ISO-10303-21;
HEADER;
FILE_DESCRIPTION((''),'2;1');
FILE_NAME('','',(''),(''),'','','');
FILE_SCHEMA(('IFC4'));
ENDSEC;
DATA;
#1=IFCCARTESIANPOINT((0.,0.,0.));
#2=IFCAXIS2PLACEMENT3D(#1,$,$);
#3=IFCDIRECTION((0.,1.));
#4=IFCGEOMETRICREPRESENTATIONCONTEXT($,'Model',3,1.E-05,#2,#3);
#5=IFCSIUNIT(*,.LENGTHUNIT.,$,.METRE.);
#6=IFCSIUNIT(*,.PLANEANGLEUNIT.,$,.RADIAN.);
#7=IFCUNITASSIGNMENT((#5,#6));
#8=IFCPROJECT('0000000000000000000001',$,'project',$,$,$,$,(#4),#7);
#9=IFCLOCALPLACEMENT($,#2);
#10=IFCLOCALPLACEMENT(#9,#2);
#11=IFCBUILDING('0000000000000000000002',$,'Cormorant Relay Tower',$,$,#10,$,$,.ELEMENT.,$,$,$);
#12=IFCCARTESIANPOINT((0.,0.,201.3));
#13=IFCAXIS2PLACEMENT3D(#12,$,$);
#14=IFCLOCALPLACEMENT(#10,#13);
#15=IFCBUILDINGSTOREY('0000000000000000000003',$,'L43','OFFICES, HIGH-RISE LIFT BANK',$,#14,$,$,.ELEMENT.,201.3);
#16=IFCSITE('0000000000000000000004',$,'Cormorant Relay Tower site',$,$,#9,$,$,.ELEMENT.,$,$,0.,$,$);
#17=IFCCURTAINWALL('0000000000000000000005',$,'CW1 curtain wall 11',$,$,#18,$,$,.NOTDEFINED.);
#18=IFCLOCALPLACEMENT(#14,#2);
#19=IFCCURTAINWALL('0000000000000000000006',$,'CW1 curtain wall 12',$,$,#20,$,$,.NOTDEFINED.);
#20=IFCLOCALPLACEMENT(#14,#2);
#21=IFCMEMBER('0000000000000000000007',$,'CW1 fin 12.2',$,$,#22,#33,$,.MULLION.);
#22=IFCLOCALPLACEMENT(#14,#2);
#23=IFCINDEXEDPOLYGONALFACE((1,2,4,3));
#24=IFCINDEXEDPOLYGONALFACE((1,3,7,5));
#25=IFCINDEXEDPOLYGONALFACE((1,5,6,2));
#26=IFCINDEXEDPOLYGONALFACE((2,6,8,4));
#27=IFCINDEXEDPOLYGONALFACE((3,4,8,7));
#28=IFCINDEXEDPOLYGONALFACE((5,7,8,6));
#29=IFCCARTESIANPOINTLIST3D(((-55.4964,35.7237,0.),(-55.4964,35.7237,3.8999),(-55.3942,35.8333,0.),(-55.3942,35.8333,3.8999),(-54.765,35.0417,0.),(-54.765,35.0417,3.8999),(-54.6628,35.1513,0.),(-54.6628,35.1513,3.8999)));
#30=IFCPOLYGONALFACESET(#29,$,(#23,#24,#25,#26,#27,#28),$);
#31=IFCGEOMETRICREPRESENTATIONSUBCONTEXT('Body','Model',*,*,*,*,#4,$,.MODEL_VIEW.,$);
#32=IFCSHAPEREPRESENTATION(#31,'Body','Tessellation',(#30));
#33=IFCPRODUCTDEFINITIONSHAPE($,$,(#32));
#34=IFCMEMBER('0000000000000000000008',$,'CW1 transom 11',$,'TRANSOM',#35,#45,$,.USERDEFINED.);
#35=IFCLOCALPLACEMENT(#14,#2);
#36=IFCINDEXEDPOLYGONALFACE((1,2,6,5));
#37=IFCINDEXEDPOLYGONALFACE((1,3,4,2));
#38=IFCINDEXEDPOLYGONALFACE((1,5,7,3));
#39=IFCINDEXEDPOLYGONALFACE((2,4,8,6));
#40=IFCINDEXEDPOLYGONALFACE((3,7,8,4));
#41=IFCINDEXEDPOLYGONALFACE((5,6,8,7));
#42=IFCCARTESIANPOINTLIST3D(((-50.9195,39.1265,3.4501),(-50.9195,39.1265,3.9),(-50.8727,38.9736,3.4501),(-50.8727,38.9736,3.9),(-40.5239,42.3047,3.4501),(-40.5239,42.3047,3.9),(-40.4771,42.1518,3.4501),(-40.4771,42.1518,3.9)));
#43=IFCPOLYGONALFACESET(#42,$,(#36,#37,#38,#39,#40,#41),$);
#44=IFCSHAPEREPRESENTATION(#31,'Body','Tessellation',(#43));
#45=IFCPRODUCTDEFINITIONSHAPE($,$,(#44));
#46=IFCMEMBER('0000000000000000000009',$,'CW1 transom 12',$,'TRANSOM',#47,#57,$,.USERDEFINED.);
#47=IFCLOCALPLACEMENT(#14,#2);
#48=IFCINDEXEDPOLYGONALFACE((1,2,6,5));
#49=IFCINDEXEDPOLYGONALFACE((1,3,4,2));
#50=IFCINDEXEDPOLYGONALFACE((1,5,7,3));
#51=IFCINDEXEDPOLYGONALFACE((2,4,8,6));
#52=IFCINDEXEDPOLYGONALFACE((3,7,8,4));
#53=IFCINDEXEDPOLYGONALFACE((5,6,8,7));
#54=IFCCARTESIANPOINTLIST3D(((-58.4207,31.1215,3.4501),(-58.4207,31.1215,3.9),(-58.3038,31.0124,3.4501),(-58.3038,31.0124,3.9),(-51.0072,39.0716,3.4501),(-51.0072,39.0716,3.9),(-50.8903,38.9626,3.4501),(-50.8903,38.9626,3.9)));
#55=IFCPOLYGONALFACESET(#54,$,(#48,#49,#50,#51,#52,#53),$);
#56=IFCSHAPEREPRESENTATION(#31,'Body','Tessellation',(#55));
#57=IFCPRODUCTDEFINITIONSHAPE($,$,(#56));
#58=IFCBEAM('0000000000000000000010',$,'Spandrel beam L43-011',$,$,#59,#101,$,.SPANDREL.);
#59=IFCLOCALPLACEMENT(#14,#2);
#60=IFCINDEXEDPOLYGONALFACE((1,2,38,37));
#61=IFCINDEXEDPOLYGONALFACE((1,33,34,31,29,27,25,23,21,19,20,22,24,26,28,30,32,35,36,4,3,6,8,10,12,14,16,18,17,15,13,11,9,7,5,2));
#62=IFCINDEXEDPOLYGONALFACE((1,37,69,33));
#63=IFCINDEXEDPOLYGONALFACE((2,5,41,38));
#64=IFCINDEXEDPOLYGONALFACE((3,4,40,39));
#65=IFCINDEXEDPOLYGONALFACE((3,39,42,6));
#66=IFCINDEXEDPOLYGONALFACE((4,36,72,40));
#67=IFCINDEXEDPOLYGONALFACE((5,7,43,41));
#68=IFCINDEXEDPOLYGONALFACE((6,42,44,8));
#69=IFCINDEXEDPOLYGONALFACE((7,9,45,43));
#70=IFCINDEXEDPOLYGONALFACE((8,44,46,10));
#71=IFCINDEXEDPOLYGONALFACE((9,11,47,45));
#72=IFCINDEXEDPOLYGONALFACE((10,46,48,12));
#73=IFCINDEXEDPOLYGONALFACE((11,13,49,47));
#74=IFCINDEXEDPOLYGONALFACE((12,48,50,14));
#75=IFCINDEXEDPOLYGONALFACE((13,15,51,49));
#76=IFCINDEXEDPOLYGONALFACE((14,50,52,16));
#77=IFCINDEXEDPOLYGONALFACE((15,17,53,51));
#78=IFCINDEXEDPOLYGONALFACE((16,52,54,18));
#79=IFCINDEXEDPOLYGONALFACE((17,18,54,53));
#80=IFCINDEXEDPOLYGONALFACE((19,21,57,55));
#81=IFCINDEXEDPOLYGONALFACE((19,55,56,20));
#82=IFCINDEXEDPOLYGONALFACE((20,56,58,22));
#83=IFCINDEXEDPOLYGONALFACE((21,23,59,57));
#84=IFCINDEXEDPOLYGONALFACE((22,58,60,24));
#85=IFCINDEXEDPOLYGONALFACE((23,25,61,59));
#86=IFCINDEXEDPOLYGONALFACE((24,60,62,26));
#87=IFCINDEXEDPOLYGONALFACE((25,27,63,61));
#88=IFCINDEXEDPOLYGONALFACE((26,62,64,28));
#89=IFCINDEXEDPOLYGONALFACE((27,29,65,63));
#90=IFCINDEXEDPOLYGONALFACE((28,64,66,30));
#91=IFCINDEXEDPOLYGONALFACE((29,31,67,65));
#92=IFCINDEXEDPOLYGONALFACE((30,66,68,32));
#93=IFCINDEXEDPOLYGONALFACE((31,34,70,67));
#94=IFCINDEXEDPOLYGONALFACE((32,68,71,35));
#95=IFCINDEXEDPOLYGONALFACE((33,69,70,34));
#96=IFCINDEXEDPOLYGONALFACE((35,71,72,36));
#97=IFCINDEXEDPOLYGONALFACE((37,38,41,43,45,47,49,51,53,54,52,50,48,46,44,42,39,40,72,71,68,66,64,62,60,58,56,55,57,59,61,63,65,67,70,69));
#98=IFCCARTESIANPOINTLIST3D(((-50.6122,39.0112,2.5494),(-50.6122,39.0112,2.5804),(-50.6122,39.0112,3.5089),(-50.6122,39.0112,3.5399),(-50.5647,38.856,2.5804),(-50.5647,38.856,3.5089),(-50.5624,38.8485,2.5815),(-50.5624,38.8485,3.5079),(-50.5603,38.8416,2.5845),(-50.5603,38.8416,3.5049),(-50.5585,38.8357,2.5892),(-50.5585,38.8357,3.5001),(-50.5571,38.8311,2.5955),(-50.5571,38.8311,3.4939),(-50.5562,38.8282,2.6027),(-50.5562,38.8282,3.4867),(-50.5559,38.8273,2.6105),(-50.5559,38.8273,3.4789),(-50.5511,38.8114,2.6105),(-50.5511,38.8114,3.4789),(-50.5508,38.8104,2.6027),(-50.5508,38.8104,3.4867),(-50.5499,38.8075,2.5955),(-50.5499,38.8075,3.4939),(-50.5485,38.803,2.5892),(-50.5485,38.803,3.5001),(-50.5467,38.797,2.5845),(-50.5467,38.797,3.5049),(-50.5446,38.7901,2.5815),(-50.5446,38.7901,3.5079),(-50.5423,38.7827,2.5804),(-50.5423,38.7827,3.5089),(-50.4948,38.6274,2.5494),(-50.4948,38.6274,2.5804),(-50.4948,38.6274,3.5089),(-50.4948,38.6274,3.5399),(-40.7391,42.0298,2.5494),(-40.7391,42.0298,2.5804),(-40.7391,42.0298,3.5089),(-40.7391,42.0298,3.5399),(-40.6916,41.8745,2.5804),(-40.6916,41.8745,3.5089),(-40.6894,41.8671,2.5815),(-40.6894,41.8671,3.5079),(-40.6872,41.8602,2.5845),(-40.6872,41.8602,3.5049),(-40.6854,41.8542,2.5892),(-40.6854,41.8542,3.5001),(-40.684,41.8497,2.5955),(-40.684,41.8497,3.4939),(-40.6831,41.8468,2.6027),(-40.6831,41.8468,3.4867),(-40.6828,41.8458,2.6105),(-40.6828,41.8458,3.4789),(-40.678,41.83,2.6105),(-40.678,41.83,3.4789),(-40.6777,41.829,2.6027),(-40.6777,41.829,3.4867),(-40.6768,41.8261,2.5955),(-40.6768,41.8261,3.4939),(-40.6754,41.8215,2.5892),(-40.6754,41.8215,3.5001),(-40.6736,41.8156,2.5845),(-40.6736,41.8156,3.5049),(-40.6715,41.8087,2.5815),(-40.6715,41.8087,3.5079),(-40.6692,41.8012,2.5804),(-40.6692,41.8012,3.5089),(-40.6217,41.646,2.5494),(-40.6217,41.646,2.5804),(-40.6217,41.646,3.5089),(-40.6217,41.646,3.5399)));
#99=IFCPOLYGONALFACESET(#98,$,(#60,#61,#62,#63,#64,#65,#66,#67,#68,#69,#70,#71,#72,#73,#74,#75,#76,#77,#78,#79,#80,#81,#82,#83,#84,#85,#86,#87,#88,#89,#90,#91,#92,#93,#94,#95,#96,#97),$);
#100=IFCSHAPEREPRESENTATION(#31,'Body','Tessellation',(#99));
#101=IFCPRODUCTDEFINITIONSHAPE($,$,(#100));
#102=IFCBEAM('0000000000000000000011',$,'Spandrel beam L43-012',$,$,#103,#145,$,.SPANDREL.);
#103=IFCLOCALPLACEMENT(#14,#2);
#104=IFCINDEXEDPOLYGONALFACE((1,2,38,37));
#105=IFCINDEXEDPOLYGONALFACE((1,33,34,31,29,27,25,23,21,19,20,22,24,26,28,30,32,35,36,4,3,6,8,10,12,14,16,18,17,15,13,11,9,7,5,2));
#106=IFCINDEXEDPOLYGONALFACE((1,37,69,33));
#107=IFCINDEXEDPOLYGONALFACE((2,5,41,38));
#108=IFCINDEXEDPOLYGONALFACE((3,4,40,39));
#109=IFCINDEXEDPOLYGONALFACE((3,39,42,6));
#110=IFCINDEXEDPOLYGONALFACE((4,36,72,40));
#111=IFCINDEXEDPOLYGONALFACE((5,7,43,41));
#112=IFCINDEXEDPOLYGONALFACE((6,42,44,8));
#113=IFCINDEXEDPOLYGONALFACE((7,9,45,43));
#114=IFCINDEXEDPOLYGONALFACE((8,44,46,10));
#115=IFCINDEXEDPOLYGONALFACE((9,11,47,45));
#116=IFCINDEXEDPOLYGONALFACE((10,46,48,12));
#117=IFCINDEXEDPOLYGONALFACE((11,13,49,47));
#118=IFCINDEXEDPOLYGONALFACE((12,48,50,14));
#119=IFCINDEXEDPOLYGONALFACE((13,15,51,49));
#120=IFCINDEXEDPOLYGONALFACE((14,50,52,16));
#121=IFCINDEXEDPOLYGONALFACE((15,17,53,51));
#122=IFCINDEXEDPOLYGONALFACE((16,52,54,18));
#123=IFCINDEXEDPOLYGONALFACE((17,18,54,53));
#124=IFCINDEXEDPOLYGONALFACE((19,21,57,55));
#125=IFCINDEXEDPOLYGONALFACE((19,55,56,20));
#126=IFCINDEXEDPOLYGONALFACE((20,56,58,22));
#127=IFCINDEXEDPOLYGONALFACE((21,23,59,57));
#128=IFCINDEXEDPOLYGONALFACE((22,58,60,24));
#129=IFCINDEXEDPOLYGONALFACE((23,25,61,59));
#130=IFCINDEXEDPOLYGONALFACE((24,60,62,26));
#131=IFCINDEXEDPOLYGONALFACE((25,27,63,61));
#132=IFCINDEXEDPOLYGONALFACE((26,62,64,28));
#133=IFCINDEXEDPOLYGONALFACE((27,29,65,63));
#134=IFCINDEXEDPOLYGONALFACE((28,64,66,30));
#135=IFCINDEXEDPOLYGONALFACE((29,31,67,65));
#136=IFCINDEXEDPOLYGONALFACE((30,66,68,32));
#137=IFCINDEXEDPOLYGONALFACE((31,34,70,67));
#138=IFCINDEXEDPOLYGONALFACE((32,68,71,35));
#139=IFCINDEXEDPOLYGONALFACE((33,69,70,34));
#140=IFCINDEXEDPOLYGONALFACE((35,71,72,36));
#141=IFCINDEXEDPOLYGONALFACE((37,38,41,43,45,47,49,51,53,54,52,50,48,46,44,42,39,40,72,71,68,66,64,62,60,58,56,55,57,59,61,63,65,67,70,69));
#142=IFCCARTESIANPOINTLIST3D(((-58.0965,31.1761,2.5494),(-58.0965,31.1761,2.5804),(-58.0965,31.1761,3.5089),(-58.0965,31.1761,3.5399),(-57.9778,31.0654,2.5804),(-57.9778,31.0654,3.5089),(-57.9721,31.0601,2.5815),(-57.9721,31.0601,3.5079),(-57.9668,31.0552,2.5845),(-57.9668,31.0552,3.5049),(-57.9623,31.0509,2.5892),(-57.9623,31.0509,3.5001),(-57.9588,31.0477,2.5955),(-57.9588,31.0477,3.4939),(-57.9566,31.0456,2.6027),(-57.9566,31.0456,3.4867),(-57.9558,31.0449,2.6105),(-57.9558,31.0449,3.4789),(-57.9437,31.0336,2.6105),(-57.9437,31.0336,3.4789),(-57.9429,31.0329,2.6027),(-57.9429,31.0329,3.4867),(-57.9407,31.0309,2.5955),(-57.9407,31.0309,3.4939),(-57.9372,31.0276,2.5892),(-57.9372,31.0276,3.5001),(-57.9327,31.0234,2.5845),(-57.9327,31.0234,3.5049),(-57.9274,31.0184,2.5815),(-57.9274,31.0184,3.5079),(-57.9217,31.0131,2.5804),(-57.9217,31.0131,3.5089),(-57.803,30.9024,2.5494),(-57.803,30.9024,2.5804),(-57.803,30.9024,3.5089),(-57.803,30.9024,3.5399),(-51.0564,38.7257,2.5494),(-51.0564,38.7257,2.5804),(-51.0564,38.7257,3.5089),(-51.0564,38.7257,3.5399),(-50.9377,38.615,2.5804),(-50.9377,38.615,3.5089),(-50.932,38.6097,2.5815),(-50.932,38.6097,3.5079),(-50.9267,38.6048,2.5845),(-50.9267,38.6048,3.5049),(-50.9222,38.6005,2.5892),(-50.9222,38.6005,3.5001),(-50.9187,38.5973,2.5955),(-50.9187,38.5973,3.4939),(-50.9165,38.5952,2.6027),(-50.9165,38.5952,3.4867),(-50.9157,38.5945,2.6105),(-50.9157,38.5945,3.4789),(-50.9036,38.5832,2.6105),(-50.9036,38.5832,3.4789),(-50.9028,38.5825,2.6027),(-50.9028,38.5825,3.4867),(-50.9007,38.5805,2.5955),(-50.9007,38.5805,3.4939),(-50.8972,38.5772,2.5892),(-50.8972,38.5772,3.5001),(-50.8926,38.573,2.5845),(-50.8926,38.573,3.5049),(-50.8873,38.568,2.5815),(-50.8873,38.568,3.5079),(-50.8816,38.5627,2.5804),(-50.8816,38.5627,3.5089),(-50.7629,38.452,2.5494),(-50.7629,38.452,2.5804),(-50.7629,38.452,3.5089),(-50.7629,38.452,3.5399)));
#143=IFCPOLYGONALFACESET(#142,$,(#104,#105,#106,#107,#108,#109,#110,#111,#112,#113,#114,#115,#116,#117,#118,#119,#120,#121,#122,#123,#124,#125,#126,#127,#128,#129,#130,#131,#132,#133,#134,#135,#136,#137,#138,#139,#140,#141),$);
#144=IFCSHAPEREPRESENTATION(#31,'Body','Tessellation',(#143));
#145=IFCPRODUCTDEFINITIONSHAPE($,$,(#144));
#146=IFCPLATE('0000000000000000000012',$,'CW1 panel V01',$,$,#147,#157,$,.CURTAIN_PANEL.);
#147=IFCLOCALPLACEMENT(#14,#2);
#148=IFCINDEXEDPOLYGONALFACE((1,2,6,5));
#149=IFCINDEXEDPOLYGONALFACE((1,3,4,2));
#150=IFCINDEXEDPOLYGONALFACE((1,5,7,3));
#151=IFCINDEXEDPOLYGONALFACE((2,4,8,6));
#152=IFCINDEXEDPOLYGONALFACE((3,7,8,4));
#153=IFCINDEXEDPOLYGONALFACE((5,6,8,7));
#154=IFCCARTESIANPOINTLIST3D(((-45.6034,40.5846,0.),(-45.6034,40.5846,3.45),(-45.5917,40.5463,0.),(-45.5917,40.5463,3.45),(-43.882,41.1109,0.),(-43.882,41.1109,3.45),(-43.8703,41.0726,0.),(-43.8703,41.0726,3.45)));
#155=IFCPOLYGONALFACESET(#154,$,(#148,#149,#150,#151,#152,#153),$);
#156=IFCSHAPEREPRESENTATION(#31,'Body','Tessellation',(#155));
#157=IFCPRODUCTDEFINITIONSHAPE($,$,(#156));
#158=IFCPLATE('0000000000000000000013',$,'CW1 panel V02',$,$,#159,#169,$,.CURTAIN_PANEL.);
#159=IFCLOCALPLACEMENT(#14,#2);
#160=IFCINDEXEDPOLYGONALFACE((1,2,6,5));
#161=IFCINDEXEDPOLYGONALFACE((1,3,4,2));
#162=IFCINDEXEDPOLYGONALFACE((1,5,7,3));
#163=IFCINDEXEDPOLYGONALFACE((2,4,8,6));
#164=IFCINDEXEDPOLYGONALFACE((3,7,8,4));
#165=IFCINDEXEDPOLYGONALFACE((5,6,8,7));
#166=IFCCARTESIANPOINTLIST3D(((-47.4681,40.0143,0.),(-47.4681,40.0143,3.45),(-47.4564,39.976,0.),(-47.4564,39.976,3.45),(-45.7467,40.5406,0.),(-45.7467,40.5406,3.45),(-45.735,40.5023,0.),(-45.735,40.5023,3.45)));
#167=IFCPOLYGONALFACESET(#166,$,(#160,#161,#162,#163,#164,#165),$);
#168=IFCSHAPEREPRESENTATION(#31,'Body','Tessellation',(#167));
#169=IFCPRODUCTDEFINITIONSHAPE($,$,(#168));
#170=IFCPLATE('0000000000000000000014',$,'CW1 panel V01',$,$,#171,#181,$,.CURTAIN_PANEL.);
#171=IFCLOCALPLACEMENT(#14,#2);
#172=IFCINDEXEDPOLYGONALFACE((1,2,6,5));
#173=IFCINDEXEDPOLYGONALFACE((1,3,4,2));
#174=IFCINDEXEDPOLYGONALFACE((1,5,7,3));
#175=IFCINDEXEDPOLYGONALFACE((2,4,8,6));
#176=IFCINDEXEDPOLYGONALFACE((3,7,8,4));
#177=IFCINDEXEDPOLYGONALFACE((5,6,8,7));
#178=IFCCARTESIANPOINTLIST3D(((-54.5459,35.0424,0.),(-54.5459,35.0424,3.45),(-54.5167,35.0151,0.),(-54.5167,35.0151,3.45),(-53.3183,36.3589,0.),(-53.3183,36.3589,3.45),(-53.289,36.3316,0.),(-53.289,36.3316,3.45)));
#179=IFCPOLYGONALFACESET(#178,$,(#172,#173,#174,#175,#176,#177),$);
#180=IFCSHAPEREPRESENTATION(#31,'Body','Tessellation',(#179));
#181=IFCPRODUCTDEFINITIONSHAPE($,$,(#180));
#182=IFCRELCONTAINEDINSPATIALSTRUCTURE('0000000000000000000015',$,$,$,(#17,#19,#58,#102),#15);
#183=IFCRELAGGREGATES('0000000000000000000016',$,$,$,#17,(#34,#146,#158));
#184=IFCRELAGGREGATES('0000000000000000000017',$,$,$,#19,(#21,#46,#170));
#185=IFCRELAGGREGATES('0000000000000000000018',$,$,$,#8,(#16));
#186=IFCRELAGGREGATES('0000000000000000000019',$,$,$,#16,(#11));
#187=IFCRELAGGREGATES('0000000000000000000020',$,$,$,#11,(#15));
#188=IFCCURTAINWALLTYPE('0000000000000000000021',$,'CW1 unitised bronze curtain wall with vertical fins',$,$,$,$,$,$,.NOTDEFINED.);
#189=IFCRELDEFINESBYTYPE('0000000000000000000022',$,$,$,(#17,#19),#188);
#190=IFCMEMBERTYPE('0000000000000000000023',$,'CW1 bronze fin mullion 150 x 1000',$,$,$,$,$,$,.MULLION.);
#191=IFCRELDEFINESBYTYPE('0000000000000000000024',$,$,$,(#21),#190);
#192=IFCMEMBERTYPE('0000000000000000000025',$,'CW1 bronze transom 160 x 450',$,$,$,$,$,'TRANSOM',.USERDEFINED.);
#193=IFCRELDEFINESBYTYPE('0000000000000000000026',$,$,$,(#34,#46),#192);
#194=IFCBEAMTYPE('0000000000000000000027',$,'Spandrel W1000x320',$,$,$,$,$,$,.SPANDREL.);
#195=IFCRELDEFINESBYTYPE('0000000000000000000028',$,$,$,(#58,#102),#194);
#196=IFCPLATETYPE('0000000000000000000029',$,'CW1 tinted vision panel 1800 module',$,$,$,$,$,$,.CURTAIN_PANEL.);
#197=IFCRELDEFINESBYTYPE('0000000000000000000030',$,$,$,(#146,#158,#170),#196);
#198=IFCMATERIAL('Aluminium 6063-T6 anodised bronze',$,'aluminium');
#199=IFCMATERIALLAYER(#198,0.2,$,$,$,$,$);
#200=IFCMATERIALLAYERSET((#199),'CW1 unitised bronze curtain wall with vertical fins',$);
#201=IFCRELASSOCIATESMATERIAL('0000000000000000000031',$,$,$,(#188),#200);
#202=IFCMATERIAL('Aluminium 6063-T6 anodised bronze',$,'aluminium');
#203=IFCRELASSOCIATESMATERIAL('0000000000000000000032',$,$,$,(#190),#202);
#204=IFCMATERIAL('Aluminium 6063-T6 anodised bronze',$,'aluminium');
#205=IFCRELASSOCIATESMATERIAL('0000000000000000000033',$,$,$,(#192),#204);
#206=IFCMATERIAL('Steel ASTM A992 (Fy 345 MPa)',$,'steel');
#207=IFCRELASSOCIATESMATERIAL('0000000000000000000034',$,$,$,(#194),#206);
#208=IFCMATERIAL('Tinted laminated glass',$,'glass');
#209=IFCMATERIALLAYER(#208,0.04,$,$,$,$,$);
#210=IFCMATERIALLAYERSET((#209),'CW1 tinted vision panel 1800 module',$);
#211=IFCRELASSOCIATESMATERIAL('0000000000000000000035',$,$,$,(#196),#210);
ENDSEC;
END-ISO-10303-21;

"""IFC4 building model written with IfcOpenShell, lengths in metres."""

from ifc_helpers import new_model, si_unit, direction, frame, origin, origin_2d, place, context, subcontext, project, spatial, rectangle, i_section, extrude, material, layer, layer_set, material_profile, profile_set, type_object, element, aggregate, save


model = new_model("IFC4")

# Units and contexts
model_context = context("Model", 3, precision=1e-05, world=origin(), true_north=direction((0.0, 1.0)))
body_context = subcontext(model_context, "Body", "Model", "MODEL_VIEW")
ifc_project = project(units=[si_unit("LENGTHUNIT", "METRE"), si_unit("PLANEANGLEUNIT", "RADIAN")], contexts=[model_context])

# Site, building, storey
site_placement = place(None, origin())
site = spatial("IfcSite", under=ifc_project, at=site_placement, Name="Cormorant Relay Tower site", CompositionType="ELEMENT", RefElevation=0.0)
building_placement = place(site_placement, origin())
building = spatial("IfcBuilding", under=site, at=building_placement, Name="Cormorant Relay Tower", CompositionType="ELEMENT")
storey_placement = place(building_placement, frame((0.0, 0.0, 201.3)))
storey = spatial("IfcBuildingStorey", under=building, at=storey_placement, Name="L43", Description="OFFICES, HIGH-RISE LIFT BANK", CompositionType="ELEMENT", Elevation=201.3)

# Shared definitions
ifc_material_1 = material(Name="Aluminium 6063-T6 anodised bronze", Category="aluminium")
ifc_layer_1 = layer(ifc_material_1, 0.2)
ifc_layer_set_1 = layer_set([ifc_layer_1], Name="CW1 unitised bronze curtain wall with vertical fins")
curtain_wall_type = type_object("IfcCurtainWallType", Name="CW1 unitised bronze curtain wall with vertical fins", PredefinedType="NOTDEFINED", material=ifc_layer_set_1)
ifc_material_2 = material(Name="Aluminium 6063-T6 anodised bronze", Category="aluminium")
ifc_material_profile_1 = material_profile(ifc_material_2, rectangle(XDim=0.1499, YDim=1.0, at=origin_2d()), Name="AL 150x1000")
ifc_profile_set_1 = profile_set([ifc_material_profile_1], Name="Aluminium 6063-T6 anodised bronze")
member_type_1 = type_object("IfcMemberType", Name="CW1 bronze fin mullion 150 x 1000", PredefinedType="MULLION", material=ifc_profile_set_1)

# Curtain walls, member
curtain_wall_1_placement = place(storey_placement, origin())
curtain_wall_1 = element("IfcCurtainWall", 1, at=curtain_wall_1_placement, inside=storey, type_object=curtain_wall_type, Name="CW1 curtain wall 11", PredefinedType="NOTDEFINED")
curtain_wall_2_placement = place(storey_placement, origin())
curtain_wall_2 = element("IfcCurtainWall", 2, at=curtain_wall_2_placement, inside=storey, type_object=curtain_wall_type, Name="CW1 curtain wall 12", PredefinedType="NOTDEFINED")
member_1_placement = place(storey_placement, frame((-55.0796, 35.4375, 0.0), z_axis=(0.0, 0.0, 1.0), x_axis=(-0.681998, -0.731354, 0.0)))
member_1 = element("IfcMember", 3, at=member_1_placement, type_object=member_type_1, Name="CW1 fin 12.2", PredefinedType="MULLION", context=body_context, shape_type="SweptSolid", body=[
    extrude(rectangle(XDim=0.1499, YDim=1.0, at=origin_2d()), origin(), (0.0, 0.0, 1.0), 3.8999),
])

# Members
ifc_material_3 = material(Name="Aluminium 6063-T6 anodised bronze", Category="aluminium")
ifc_material_profile_2 = material_profile(ifc_material_3, rectangle(XDim=0.1599, YDim=0.45, at=origin_2d()), Name="AL 160x450")
ifc_profile_set_2 = profile_set([ifc_material_profile_2], Name="Aluminium 6063-T6 anodised bronze")
member_type_2 = type_object("IfcMemberType", Name="CW1 bronze transom 160 x 450", ElementType="TRANSOM", PredefinedType="USERDEFINED", material=ifc_profile_set_2)
member_2_placement = place(storey_placement, frame((-40.5005, 42.2283, 3.675), z_axis=(-0.956305, -0.292371, 0.0), x_axis=(0.292371, -0.956305, 0.0)))
member_2 = element("IfcMember", 4, at=member_2_placement, type_object=member_type_2, Name="CW1 transom 11", ObjectType="TRANSOM", PredefinedType="USERDEFINED", context=body_context, shape_type="SweptSolid", body=[
    extrude(rectangle(XDim=0.1599, YDim=0.45, at=origin_2d()), origin(), (0.0, 0.0, 1.0), 10.8706),
])
member_3_placement = place(storey_placement, frame((-50.9487, 39.0171, 3.675), z_axis=(-0.681993, -0.731358, 0.0), x_axis=(0.731358, -0.681993, 0.0)))
member_3 = element("IfcMember", 5, at=member_3_placement, type_object=member_type_2, Name="CW1 transom 12", ObjectType="TRANSOM", PredefinedType="USERDEFINED", context=body_context, shape_type="SweptSolid", body=[
    extrude(rectangle(XDim=0.1599, YDim=0.45, at=origin_2d()), origin(), (0.0, 0.0, 1.0), 10.8704),
])

# Beams
ifc_material_4 = material(Name="Steel ASTM A992 (Fy 345 MPa)", Category="steel")
ifc_material_profile_3 = material_profile(ifc_material_4, i_section(OverallWidth=0.4014, OverallDepth=0.9905, WebThickness=0.0166, FlangeThickness=0.031, FilletRadius=0.03, at=origin_2d()), Name="W1000x320")
ifc_profile_set_3 = profile_set([ifc_material_profile_3], Name="Steel ASTM A992 (Fy 345 MPa)")
beam_type = type_object("IfcBeamType", Name="Spandrel W1000x320", PredefinedType="SPANDREL", material=ifc_profile_set_3)
beam_1_placement = place(storey_placement, frame((-40.6804, 41.8379, 3.0447), z_axis=(-0.956303, -0.292377, 0.0), x_axis=(0.292377, -0.956303, 0.0)))
element("IfcBeam", 6, at=beam_1_placement, inside=storey, type_object=beam_type, Name="Spandrel beam L43-011", PredefinedType="SPANDREL", context=body_context, shape_type="SweptSolid", body=[
    extrude(i_section(OverallWidth=0.4014, OverallDepth=0.9905, WebThickness=0.0166, FlangeThickness=0.031, FilletRadius=0.03, at=origin_2d()), origin(), (0.0, 0.0, 1.0), 10.3242),
])
beam_2_placement = place(storey_placement, frame((-50.9097, 38.5889, 3.0447), z_axis=(-0.681996, -0.731356, 0.0), x_axis=(0.731356, -0.681996, 0.0)))
element("IfcBeam", 7, at=beam_2_placement, inside=storey, type_object=beam_type, Name="Spandrel beam L43-012", PredefinedType="SPANDREL", context=body_context, shape_type="SweptSolid", body=[
    extrude(i_section(OverallWidth=0.4014, OverallDepth=0.9905, WebThickness=0.0166, FlangeThickness=0.031, FilletRadius=0.03, at=origin_2d()), origin(), (0.0, 0.0, 1.0), 10.3228),
])

# Plates
ifc_material_5 = material(Name="Tinted laminated glass", Category="glass")
ifc_layer_2 = layer(ifc_material_5, 0.04)
ifc_layer_set_2 = layer_set([ifc_layer_2], Name="CW1 tinted vision panel 1800 module")
plate_type_1 = type_object("IfcPlateType", Name="CW1 tinted vision panel 1800 module", PredefinedType="CURTAIN_PANEL", material=ifc_layer_set_2)
plate_1_placement = place(storey_placement, frame((-44.7368, 40.8286, 0.0), z_axis=(0.0, 0.0, 1.0), x_axis=(-0.956305, -0.292372, 0.0)))
plate_1 = element("IfcPlate", 8, at=plate_1_placement, type_object=plate_type_1, Name="CW1 panel V01", PredefinedType="CURTAIN_PANEL", context=body_context, shape_type="SweptSolid", body=[
    extrude(rectangle(XDim=1.8, YDim=0.04, at=origin_2d()), origin(), (0.0, 0.0, 1.0), 3.45),
])
plate_2_placement = place(storey_placement, frame((-46.6016, 40.2583, 0.0), z_axis=(0.0, 0.0, 1.0), x_axis=(-0.956305, -0.292372, 0.0)))
plate_2 = element("IfcPlate", 9, at=plate_2_placement, type_object=plate_type_1, Name="CW1 panel V02", PredefinedType="CURTAIN_PANEL", context=body_context, shape_type="SweptSolid", body=[
    extrude(rectangle(XDim=1.8, YDim=0.04, at=origin_2d()), origin(), (0.0, 0.0, 1.0), 3.45),
])
plate_3_placement = place(storey_placement, frame((-53.9175, 35.687, 0.0), z_axis=(0.0, 0.0, 1.0), x_axis=(-0.681998, -0.731354, 0.0)))
plate_3 = element("IfcPlate", 10, at=plate_3_placement, type_object=plate_type_1, Name="CW1 panel V01", PredefinedType="CURTAIN_PANEL", context=body_context, shape_type="SweptSolid", body=[
    extrude(rectangle(XDim=1.8, YDim=0.04, at=origin_2d()), origin(), (0.0, 0.0, 1.0), 3.45),
])

aggregate(curtain_wall_1, [member_2, plate_1, plate_2])
aggregate(curtain_wall_2, [member_1, member_3, plate_3])

save(model, "model.ifc")
